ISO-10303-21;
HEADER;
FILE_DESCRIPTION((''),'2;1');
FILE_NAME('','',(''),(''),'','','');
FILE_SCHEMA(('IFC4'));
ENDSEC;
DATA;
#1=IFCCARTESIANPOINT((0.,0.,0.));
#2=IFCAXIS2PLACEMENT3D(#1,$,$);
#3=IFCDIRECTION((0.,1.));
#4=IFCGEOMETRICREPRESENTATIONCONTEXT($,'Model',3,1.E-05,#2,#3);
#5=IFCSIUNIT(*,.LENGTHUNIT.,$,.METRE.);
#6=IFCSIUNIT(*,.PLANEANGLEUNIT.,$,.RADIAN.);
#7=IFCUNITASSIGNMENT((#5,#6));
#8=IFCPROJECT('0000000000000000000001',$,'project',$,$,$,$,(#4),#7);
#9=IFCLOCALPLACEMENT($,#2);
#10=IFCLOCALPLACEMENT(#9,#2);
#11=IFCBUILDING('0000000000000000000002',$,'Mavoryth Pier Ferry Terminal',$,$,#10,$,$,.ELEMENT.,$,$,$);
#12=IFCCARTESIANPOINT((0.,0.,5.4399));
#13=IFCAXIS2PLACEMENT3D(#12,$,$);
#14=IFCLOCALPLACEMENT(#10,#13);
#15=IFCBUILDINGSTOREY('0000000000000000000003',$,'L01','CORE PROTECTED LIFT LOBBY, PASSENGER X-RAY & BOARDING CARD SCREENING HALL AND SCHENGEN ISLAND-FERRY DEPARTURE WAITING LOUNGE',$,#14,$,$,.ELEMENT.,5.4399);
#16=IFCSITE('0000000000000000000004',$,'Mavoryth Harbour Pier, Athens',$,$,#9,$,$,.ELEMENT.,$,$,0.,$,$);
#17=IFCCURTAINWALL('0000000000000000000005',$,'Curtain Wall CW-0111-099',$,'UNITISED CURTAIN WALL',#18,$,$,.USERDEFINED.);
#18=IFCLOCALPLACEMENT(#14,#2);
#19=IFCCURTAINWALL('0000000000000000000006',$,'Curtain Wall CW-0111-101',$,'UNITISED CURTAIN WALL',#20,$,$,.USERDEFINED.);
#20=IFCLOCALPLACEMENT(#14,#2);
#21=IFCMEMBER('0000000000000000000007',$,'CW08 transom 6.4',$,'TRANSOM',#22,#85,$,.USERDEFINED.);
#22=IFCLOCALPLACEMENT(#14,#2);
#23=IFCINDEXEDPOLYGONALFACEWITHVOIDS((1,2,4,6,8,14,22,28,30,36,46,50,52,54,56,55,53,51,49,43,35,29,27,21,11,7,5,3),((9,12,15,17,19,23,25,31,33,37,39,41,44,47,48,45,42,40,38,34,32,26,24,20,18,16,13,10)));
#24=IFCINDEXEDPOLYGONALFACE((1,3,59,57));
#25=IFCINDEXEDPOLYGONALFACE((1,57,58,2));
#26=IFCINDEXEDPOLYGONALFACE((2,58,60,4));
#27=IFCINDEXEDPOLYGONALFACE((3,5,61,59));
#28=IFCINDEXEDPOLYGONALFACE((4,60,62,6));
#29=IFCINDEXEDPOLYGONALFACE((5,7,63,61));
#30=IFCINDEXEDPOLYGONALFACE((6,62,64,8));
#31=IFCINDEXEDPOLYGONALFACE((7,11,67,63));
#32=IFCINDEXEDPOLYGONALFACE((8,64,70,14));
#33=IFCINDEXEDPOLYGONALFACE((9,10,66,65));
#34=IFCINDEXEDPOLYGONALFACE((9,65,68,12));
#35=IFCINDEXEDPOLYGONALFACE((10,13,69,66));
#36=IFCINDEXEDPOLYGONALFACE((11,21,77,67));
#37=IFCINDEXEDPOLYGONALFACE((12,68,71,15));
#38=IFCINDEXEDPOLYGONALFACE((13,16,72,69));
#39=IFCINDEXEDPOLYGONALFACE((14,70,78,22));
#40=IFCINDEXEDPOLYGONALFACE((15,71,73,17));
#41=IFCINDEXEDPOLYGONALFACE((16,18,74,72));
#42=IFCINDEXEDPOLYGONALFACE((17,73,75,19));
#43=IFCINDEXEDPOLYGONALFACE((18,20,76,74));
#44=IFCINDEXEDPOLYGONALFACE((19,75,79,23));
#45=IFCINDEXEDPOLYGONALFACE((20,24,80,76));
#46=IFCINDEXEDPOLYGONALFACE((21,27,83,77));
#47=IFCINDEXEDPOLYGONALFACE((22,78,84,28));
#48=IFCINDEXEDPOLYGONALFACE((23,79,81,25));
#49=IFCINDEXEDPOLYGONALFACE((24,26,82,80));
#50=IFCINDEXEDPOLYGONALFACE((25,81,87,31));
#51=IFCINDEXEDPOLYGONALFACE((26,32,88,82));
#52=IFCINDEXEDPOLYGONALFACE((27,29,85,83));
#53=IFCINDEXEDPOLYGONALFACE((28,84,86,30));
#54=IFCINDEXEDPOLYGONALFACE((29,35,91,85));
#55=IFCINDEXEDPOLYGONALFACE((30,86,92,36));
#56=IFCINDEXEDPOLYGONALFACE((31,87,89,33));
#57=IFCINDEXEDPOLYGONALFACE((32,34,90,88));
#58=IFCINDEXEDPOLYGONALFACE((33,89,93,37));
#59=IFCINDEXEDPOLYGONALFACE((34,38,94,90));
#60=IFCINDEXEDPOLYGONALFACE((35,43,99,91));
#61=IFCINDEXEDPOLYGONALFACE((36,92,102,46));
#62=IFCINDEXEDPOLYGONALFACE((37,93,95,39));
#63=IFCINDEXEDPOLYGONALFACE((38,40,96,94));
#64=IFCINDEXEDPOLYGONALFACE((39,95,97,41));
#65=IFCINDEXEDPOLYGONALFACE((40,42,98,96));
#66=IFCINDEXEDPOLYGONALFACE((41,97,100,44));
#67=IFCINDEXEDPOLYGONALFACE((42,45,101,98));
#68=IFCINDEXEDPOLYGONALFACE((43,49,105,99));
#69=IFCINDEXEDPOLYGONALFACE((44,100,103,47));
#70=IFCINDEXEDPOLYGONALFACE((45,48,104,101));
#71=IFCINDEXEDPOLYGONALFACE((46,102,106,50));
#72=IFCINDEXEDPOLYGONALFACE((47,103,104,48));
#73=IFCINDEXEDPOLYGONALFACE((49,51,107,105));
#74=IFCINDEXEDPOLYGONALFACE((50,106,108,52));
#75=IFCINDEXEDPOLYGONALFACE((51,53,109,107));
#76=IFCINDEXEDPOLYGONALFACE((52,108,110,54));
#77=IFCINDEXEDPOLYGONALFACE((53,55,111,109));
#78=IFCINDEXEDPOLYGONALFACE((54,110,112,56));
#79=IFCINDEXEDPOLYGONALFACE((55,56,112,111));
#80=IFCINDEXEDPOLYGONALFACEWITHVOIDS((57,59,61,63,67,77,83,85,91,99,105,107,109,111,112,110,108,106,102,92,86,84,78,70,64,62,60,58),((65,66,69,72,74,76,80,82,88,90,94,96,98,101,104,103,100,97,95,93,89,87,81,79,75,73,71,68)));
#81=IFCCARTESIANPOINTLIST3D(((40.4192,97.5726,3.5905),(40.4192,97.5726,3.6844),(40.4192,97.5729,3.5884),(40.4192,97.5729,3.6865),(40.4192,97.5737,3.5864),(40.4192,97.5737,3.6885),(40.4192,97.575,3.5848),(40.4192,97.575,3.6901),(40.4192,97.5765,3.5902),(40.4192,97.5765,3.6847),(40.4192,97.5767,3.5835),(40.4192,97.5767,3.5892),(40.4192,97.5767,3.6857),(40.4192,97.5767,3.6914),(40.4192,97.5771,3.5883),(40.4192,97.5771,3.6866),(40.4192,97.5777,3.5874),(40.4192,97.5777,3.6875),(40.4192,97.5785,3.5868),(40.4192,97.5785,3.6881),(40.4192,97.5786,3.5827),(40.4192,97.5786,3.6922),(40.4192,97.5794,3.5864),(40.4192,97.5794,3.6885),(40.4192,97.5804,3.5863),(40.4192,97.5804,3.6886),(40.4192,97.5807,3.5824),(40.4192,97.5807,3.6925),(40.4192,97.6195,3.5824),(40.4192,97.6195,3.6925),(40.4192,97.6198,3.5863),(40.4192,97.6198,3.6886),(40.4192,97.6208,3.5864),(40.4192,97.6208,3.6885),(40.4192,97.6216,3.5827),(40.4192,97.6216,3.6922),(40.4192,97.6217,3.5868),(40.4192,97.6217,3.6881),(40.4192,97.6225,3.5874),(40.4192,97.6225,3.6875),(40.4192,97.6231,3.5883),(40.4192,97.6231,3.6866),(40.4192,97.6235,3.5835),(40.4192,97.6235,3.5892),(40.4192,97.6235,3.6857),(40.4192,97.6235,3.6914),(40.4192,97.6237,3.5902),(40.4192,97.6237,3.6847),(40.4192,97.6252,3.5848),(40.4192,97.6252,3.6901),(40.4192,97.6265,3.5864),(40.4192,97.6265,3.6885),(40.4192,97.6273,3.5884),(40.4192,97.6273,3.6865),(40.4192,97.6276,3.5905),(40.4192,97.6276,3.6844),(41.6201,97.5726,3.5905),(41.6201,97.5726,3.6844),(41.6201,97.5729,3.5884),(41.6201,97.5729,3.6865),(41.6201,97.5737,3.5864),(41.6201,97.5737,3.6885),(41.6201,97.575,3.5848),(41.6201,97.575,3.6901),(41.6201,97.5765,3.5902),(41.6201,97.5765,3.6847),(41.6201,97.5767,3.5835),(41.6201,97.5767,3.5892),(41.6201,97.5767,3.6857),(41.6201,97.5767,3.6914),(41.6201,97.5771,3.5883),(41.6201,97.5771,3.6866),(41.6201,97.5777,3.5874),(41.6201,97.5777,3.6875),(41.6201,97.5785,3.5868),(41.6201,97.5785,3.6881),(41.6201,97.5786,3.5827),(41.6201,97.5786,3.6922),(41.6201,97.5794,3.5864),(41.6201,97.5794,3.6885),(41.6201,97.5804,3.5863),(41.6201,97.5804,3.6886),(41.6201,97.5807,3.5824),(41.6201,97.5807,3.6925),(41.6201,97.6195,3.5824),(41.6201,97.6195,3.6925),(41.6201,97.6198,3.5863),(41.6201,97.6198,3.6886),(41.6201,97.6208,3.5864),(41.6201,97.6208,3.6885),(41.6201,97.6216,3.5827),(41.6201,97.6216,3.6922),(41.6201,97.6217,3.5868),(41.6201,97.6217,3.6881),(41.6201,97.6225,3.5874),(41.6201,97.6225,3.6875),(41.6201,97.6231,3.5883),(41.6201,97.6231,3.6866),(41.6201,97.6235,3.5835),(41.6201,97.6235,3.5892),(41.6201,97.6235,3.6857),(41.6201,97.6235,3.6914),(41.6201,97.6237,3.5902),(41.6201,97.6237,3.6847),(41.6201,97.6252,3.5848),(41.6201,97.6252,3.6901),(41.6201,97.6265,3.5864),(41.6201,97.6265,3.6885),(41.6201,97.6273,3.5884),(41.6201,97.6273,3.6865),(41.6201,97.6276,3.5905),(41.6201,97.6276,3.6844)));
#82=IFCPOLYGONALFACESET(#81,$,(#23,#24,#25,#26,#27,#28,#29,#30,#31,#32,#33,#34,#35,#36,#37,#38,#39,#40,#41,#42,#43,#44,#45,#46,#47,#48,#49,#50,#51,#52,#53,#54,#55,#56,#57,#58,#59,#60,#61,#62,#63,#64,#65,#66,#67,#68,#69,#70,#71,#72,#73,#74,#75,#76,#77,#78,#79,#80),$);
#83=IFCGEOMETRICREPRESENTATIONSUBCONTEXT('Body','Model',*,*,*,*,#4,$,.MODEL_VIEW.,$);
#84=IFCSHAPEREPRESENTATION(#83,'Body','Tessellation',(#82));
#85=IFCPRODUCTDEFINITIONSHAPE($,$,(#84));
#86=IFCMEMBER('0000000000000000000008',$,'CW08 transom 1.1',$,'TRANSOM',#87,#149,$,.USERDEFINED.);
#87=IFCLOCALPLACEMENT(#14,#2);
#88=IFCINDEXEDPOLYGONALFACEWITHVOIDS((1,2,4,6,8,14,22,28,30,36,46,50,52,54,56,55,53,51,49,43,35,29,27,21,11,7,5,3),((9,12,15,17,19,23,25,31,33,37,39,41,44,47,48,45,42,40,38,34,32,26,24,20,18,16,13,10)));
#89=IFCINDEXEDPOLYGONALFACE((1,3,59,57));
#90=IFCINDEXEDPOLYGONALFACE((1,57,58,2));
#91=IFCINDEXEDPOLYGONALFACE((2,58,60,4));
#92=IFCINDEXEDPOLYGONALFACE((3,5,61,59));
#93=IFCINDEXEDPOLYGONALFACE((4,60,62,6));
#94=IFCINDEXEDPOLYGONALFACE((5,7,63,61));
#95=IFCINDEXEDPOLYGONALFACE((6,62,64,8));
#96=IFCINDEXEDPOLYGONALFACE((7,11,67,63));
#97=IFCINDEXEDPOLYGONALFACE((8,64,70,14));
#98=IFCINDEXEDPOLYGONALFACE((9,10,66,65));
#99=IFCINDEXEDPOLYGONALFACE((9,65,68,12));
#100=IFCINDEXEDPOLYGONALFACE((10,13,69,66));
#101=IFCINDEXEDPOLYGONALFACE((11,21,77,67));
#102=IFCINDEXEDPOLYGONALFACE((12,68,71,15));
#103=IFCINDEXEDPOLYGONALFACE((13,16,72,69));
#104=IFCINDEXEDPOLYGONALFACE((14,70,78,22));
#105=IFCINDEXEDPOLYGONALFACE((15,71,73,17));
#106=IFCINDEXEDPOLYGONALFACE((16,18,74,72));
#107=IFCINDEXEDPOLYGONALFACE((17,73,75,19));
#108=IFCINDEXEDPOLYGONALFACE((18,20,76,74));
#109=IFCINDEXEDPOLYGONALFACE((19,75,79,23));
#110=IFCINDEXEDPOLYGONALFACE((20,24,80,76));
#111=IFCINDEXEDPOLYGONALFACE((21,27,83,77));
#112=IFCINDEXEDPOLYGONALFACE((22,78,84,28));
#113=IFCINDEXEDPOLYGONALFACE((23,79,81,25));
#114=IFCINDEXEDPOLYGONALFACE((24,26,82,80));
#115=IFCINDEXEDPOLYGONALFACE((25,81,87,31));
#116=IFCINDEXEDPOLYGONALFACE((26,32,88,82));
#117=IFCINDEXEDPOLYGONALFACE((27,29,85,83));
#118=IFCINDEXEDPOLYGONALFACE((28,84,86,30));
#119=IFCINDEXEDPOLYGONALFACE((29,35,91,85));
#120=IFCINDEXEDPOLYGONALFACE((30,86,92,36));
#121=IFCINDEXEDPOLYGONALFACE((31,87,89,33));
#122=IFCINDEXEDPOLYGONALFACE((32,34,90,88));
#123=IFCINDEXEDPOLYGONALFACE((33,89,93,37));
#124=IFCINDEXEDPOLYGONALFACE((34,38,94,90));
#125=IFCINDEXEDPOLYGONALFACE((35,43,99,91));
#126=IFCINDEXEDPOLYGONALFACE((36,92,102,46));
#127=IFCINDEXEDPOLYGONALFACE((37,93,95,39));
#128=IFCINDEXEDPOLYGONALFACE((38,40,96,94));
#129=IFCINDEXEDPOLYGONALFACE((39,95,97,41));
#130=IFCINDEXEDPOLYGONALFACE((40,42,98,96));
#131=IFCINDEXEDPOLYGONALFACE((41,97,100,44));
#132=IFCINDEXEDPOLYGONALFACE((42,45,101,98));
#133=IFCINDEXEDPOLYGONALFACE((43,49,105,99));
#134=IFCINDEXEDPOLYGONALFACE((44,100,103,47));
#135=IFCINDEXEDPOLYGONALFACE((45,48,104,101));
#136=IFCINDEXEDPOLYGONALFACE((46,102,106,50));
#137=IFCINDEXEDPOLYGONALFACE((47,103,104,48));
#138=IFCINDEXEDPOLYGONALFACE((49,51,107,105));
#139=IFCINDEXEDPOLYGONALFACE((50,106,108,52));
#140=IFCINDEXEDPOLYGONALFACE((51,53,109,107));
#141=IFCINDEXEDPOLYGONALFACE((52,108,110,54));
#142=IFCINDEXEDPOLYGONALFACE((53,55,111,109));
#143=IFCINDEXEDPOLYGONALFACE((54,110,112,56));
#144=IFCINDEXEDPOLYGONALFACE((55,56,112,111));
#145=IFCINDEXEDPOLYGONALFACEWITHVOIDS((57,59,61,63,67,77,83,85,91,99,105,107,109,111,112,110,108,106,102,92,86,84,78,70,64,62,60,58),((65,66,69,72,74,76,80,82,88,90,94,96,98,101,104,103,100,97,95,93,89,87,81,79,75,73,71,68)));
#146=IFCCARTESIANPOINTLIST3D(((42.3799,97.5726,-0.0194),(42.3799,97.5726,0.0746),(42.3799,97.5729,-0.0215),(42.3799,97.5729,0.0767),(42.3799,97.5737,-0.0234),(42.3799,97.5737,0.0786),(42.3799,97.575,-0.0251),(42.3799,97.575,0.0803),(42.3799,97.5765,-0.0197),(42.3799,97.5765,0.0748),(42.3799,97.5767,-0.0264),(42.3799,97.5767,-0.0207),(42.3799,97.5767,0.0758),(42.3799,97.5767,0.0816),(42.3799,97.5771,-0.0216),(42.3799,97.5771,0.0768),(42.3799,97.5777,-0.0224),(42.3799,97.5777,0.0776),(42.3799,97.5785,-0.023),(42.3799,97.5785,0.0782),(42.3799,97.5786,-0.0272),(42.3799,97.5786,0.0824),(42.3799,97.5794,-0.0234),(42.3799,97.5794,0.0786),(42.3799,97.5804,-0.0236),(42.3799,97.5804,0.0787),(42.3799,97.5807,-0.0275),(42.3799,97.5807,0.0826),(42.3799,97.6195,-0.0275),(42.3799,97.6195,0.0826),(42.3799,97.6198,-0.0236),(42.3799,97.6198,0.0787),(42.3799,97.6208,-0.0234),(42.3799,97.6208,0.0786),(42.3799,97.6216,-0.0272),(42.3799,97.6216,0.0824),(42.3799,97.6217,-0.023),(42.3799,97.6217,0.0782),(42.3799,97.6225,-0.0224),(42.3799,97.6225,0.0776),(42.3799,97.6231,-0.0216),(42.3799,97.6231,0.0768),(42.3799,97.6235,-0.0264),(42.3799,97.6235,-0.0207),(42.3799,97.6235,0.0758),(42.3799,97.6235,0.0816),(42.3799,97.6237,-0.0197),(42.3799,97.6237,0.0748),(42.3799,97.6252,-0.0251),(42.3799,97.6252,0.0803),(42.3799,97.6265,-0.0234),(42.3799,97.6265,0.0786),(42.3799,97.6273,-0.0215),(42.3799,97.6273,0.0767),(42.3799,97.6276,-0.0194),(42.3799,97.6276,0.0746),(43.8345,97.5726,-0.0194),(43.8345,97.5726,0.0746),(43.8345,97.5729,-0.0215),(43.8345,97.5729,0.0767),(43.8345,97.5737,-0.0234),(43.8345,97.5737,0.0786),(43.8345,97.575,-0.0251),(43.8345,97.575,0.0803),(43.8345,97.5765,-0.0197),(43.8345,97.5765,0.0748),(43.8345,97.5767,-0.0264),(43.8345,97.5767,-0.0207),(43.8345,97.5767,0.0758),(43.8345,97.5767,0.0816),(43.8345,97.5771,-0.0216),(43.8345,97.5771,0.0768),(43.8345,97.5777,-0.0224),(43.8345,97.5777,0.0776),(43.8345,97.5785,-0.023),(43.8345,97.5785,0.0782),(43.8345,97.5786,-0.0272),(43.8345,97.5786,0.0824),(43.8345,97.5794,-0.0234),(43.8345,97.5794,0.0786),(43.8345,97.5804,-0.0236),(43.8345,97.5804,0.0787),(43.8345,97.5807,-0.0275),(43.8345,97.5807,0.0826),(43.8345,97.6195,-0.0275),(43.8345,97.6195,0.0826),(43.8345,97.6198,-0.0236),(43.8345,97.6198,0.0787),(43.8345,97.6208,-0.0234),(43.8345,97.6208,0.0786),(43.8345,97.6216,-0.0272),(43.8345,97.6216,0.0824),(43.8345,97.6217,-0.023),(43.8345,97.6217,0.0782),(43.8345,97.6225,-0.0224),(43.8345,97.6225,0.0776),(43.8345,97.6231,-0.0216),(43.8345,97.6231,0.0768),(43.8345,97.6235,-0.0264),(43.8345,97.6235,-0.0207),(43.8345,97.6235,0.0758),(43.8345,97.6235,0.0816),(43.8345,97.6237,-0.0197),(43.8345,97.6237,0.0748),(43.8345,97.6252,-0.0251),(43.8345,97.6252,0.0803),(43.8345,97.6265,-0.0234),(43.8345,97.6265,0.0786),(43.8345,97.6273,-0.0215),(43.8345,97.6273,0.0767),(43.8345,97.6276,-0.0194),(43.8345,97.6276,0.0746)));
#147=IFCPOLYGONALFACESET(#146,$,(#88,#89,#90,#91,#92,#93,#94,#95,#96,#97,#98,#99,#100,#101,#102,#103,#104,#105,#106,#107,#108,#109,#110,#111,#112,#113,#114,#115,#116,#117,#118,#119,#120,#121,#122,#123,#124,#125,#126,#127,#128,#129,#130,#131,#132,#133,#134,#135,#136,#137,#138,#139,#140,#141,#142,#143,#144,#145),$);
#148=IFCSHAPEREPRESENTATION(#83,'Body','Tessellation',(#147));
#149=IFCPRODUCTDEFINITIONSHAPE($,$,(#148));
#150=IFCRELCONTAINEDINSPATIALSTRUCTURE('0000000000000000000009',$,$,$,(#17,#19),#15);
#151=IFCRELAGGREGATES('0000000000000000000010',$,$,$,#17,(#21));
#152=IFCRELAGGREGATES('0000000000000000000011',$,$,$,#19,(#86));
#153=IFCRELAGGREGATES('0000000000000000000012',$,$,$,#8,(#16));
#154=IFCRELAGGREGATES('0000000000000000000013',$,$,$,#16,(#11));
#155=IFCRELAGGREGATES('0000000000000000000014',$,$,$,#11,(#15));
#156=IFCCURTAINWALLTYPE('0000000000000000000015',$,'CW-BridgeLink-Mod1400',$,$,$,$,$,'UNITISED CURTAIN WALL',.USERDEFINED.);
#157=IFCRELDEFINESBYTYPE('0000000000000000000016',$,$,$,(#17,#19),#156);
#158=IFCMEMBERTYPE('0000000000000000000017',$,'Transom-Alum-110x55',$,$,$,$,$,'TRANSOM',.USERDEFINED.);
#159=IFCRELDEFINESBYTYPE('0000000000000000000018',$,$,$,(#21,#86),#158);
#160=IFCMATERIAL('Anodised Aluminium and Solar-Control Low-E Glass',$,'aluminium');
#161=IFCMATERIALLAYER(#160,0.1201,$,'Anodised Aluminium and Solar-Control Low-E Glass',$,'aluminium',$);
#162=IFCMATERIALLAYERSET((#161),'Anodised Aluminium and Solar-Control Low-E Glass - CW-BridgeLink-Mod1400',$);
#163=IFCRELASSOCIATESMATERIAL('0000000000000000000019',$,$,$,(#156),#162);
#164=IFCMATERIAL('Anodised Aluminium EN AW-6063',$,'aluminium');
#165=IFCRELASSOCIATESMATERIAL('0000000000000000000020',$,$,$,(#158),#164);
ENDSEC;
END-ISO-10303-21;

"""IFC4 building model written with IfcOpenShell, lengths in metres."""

from ifc_helpers import new_model, si_unit, direction, frame, origin, origin_2d, place, context, subcontext, project, spatial, hollow_rectangle, extrude, material, layer, layer_set, material_profile, profile_set, type_object, element, aggregate, save


model = new_model("IFC4")

# Units and contexts
model_context = context("Model", 3, precision=1e-05, world=origin(), true_north=direction((0.0, 1.0)))
body_context = subcontext(model_context, "Body", "Model", "MODEL_VIEW")
ifc_project = project(units=[si_unit("LENGTHUNIT", "METRE"), si_unit("PLANEANGLEUNIT", "RADIAN")], contexts=[model_context])

# Site, building, storey
site_placement = place(None, origin())
site = spatial("IfcSite", under=ifc_project, at=site_placement, Name="Mavoryth Harbour Pier, Athens", CompositionType="ELEMENT", RefElevation=0.0)
building_placement = place(site_placement, origin())
building = spatial("IfcBuilding", under=site, at=building_placement, Name="Mavoryth Pier Ferry Terminal", CompositionType="ELEMENT")
storey_placement = place(building_placement, frame((0.0, 0.0, 5.4399)))
storey = spatial("IfcBuildingStorey", under=building, at=storey_placement, Name="L01", Description="CORE PROTECTED LIFT LOBBY, PASSENGER X-RAY & BOARDING CARD SCREENING HALL AND SCHENGEN ISLAND-FERRY DEPARTURE WAITING LOUNGE", CompositionType="ELEMENT", Elevation=5.4399)

# Curtain walls
ifc_material_1 = material(Name="Anodised Aluminium and Solar-Control Low-E Glass", Category="aluminium")
ifc_layer_1 = layer(ifc_material_1, 0.1201, Name="Anodised Aluminium and Solar-Control Low-E Glass", Category="aluminium")
ifc_layer_set_1 = layer_set([ifc_layer_1], Name="Anodised Aluminium and Solar-Control Low-E Glass - CW-BridgeLink-Mod1400")
curtain_wall_type = type_object("IfcCurtainWallType", Name="CW-BridgeLink-Mod1400", ElementType="UNITISED CURTAIN WALL", PredefinedType="USERDEFINED", material=ifc_layer_set_1)
curtain_wall_1_placement = place(storey_placement, origin())
curtain_wall_1 = element("IfcCurtainWall", 1, at=curtain_wall_1_placement, inside=storey, type_object=curtain_wall_type, Name="Curtain Wall CW-0111-099", ObjectType="UNITISED CURTAIN WALL", PredefinedType="USERDEFINED")
ifc_material_2 = material(Name="Anodised Aluminium EN AW-6063", Category="aluminium")
curtain_wall_2_placement = place(storey_placement, origin())
curtain_wall_2 = element("IfcCurtainWall", 2, at=curtain_wall_2_placement, inside=storey, type_object=curtain_wall_type, Name="Curtain Wall CW-0111-101", ObjectType="UNITISED CURTAIN WALL", PredefinedType="USERDEFINED")

# Members
ifc_material_profile_1 = material_profile(ifc_material_2, hollow_rectangle(XDim=0.0549, YDim=0.1101, WallThickness=0.0039, InnerFilletRadius=0.0039, OuterFilletRadius=0.0081, at=origin_2d()), Name="AL-TRAN 110x55x4", Category="aluminium")
ifc_profile_set_1 = profile_set([ifc_material_profile_1], Name="Anodised Aluminium EN AW-6063 - AL-TRAN 110x55x4")
member_type_1 = type_object("IfcMemberType", Name="Transom-Alum-110x55", ElementType="TRANSOM", PredefinedType="USERDEFINED", material=ifc_profile_set_1)
member_1_placement = place(storey_placement, frame((40.4192, 97.6001, 3.6375), z_axis=(1.0, 0.0, 0.0), x_axis=(0.0, 1.0, 0.0)))
member_1 = element("IfcMember", 3, at=member_1_placement, type_object=member_type_1, Name="CW08 transom 6.4", ObjectType="TRANSOM", PredefinedType="USERDEFINED", context=body_context, shape_type="SweptSolid", body=[
    extrude(hollow_rectangle(XDim=0.0549, YDim=0.1101, WallThickness=0.0039, InnerFilletRadius=0.0039, OuterFilletRadius=0.0081, at=origin_2d()), origin(), (0.0, 0.0, 1.0), 1.2009),
])
member_2_placement = place(storey_placement, frame((42.3799, 97.6001, 0.0276), z_axis=(1.0, 0.0, 0.0), x_axis=(0.0, 1.0, 0.0)))
member_2 = element("IfcMember", 4, at=member_2_placement, type_object=member_type_1, Name="CW08 transom 1.1", ObjectType="TRANSOM", PredefinedType="USERDEFINED", context=body_context, shape_type="SweptSolid", body=[
    extrude(hollow_rectangle(XDim=0.0549, YDim=0.1101, WallThickness=0.0039, InnerFilletRadius=0.0039, OuterFilletRadius=0.0081, at=origin_2d()), origin(), (0.0, 0.0, 1.0), 1.4546),
])

aggregate(curtain_wall_1, [member_1])
aggregate(curtain_wall_2, [member_2])

save(model, "model.ifc")
